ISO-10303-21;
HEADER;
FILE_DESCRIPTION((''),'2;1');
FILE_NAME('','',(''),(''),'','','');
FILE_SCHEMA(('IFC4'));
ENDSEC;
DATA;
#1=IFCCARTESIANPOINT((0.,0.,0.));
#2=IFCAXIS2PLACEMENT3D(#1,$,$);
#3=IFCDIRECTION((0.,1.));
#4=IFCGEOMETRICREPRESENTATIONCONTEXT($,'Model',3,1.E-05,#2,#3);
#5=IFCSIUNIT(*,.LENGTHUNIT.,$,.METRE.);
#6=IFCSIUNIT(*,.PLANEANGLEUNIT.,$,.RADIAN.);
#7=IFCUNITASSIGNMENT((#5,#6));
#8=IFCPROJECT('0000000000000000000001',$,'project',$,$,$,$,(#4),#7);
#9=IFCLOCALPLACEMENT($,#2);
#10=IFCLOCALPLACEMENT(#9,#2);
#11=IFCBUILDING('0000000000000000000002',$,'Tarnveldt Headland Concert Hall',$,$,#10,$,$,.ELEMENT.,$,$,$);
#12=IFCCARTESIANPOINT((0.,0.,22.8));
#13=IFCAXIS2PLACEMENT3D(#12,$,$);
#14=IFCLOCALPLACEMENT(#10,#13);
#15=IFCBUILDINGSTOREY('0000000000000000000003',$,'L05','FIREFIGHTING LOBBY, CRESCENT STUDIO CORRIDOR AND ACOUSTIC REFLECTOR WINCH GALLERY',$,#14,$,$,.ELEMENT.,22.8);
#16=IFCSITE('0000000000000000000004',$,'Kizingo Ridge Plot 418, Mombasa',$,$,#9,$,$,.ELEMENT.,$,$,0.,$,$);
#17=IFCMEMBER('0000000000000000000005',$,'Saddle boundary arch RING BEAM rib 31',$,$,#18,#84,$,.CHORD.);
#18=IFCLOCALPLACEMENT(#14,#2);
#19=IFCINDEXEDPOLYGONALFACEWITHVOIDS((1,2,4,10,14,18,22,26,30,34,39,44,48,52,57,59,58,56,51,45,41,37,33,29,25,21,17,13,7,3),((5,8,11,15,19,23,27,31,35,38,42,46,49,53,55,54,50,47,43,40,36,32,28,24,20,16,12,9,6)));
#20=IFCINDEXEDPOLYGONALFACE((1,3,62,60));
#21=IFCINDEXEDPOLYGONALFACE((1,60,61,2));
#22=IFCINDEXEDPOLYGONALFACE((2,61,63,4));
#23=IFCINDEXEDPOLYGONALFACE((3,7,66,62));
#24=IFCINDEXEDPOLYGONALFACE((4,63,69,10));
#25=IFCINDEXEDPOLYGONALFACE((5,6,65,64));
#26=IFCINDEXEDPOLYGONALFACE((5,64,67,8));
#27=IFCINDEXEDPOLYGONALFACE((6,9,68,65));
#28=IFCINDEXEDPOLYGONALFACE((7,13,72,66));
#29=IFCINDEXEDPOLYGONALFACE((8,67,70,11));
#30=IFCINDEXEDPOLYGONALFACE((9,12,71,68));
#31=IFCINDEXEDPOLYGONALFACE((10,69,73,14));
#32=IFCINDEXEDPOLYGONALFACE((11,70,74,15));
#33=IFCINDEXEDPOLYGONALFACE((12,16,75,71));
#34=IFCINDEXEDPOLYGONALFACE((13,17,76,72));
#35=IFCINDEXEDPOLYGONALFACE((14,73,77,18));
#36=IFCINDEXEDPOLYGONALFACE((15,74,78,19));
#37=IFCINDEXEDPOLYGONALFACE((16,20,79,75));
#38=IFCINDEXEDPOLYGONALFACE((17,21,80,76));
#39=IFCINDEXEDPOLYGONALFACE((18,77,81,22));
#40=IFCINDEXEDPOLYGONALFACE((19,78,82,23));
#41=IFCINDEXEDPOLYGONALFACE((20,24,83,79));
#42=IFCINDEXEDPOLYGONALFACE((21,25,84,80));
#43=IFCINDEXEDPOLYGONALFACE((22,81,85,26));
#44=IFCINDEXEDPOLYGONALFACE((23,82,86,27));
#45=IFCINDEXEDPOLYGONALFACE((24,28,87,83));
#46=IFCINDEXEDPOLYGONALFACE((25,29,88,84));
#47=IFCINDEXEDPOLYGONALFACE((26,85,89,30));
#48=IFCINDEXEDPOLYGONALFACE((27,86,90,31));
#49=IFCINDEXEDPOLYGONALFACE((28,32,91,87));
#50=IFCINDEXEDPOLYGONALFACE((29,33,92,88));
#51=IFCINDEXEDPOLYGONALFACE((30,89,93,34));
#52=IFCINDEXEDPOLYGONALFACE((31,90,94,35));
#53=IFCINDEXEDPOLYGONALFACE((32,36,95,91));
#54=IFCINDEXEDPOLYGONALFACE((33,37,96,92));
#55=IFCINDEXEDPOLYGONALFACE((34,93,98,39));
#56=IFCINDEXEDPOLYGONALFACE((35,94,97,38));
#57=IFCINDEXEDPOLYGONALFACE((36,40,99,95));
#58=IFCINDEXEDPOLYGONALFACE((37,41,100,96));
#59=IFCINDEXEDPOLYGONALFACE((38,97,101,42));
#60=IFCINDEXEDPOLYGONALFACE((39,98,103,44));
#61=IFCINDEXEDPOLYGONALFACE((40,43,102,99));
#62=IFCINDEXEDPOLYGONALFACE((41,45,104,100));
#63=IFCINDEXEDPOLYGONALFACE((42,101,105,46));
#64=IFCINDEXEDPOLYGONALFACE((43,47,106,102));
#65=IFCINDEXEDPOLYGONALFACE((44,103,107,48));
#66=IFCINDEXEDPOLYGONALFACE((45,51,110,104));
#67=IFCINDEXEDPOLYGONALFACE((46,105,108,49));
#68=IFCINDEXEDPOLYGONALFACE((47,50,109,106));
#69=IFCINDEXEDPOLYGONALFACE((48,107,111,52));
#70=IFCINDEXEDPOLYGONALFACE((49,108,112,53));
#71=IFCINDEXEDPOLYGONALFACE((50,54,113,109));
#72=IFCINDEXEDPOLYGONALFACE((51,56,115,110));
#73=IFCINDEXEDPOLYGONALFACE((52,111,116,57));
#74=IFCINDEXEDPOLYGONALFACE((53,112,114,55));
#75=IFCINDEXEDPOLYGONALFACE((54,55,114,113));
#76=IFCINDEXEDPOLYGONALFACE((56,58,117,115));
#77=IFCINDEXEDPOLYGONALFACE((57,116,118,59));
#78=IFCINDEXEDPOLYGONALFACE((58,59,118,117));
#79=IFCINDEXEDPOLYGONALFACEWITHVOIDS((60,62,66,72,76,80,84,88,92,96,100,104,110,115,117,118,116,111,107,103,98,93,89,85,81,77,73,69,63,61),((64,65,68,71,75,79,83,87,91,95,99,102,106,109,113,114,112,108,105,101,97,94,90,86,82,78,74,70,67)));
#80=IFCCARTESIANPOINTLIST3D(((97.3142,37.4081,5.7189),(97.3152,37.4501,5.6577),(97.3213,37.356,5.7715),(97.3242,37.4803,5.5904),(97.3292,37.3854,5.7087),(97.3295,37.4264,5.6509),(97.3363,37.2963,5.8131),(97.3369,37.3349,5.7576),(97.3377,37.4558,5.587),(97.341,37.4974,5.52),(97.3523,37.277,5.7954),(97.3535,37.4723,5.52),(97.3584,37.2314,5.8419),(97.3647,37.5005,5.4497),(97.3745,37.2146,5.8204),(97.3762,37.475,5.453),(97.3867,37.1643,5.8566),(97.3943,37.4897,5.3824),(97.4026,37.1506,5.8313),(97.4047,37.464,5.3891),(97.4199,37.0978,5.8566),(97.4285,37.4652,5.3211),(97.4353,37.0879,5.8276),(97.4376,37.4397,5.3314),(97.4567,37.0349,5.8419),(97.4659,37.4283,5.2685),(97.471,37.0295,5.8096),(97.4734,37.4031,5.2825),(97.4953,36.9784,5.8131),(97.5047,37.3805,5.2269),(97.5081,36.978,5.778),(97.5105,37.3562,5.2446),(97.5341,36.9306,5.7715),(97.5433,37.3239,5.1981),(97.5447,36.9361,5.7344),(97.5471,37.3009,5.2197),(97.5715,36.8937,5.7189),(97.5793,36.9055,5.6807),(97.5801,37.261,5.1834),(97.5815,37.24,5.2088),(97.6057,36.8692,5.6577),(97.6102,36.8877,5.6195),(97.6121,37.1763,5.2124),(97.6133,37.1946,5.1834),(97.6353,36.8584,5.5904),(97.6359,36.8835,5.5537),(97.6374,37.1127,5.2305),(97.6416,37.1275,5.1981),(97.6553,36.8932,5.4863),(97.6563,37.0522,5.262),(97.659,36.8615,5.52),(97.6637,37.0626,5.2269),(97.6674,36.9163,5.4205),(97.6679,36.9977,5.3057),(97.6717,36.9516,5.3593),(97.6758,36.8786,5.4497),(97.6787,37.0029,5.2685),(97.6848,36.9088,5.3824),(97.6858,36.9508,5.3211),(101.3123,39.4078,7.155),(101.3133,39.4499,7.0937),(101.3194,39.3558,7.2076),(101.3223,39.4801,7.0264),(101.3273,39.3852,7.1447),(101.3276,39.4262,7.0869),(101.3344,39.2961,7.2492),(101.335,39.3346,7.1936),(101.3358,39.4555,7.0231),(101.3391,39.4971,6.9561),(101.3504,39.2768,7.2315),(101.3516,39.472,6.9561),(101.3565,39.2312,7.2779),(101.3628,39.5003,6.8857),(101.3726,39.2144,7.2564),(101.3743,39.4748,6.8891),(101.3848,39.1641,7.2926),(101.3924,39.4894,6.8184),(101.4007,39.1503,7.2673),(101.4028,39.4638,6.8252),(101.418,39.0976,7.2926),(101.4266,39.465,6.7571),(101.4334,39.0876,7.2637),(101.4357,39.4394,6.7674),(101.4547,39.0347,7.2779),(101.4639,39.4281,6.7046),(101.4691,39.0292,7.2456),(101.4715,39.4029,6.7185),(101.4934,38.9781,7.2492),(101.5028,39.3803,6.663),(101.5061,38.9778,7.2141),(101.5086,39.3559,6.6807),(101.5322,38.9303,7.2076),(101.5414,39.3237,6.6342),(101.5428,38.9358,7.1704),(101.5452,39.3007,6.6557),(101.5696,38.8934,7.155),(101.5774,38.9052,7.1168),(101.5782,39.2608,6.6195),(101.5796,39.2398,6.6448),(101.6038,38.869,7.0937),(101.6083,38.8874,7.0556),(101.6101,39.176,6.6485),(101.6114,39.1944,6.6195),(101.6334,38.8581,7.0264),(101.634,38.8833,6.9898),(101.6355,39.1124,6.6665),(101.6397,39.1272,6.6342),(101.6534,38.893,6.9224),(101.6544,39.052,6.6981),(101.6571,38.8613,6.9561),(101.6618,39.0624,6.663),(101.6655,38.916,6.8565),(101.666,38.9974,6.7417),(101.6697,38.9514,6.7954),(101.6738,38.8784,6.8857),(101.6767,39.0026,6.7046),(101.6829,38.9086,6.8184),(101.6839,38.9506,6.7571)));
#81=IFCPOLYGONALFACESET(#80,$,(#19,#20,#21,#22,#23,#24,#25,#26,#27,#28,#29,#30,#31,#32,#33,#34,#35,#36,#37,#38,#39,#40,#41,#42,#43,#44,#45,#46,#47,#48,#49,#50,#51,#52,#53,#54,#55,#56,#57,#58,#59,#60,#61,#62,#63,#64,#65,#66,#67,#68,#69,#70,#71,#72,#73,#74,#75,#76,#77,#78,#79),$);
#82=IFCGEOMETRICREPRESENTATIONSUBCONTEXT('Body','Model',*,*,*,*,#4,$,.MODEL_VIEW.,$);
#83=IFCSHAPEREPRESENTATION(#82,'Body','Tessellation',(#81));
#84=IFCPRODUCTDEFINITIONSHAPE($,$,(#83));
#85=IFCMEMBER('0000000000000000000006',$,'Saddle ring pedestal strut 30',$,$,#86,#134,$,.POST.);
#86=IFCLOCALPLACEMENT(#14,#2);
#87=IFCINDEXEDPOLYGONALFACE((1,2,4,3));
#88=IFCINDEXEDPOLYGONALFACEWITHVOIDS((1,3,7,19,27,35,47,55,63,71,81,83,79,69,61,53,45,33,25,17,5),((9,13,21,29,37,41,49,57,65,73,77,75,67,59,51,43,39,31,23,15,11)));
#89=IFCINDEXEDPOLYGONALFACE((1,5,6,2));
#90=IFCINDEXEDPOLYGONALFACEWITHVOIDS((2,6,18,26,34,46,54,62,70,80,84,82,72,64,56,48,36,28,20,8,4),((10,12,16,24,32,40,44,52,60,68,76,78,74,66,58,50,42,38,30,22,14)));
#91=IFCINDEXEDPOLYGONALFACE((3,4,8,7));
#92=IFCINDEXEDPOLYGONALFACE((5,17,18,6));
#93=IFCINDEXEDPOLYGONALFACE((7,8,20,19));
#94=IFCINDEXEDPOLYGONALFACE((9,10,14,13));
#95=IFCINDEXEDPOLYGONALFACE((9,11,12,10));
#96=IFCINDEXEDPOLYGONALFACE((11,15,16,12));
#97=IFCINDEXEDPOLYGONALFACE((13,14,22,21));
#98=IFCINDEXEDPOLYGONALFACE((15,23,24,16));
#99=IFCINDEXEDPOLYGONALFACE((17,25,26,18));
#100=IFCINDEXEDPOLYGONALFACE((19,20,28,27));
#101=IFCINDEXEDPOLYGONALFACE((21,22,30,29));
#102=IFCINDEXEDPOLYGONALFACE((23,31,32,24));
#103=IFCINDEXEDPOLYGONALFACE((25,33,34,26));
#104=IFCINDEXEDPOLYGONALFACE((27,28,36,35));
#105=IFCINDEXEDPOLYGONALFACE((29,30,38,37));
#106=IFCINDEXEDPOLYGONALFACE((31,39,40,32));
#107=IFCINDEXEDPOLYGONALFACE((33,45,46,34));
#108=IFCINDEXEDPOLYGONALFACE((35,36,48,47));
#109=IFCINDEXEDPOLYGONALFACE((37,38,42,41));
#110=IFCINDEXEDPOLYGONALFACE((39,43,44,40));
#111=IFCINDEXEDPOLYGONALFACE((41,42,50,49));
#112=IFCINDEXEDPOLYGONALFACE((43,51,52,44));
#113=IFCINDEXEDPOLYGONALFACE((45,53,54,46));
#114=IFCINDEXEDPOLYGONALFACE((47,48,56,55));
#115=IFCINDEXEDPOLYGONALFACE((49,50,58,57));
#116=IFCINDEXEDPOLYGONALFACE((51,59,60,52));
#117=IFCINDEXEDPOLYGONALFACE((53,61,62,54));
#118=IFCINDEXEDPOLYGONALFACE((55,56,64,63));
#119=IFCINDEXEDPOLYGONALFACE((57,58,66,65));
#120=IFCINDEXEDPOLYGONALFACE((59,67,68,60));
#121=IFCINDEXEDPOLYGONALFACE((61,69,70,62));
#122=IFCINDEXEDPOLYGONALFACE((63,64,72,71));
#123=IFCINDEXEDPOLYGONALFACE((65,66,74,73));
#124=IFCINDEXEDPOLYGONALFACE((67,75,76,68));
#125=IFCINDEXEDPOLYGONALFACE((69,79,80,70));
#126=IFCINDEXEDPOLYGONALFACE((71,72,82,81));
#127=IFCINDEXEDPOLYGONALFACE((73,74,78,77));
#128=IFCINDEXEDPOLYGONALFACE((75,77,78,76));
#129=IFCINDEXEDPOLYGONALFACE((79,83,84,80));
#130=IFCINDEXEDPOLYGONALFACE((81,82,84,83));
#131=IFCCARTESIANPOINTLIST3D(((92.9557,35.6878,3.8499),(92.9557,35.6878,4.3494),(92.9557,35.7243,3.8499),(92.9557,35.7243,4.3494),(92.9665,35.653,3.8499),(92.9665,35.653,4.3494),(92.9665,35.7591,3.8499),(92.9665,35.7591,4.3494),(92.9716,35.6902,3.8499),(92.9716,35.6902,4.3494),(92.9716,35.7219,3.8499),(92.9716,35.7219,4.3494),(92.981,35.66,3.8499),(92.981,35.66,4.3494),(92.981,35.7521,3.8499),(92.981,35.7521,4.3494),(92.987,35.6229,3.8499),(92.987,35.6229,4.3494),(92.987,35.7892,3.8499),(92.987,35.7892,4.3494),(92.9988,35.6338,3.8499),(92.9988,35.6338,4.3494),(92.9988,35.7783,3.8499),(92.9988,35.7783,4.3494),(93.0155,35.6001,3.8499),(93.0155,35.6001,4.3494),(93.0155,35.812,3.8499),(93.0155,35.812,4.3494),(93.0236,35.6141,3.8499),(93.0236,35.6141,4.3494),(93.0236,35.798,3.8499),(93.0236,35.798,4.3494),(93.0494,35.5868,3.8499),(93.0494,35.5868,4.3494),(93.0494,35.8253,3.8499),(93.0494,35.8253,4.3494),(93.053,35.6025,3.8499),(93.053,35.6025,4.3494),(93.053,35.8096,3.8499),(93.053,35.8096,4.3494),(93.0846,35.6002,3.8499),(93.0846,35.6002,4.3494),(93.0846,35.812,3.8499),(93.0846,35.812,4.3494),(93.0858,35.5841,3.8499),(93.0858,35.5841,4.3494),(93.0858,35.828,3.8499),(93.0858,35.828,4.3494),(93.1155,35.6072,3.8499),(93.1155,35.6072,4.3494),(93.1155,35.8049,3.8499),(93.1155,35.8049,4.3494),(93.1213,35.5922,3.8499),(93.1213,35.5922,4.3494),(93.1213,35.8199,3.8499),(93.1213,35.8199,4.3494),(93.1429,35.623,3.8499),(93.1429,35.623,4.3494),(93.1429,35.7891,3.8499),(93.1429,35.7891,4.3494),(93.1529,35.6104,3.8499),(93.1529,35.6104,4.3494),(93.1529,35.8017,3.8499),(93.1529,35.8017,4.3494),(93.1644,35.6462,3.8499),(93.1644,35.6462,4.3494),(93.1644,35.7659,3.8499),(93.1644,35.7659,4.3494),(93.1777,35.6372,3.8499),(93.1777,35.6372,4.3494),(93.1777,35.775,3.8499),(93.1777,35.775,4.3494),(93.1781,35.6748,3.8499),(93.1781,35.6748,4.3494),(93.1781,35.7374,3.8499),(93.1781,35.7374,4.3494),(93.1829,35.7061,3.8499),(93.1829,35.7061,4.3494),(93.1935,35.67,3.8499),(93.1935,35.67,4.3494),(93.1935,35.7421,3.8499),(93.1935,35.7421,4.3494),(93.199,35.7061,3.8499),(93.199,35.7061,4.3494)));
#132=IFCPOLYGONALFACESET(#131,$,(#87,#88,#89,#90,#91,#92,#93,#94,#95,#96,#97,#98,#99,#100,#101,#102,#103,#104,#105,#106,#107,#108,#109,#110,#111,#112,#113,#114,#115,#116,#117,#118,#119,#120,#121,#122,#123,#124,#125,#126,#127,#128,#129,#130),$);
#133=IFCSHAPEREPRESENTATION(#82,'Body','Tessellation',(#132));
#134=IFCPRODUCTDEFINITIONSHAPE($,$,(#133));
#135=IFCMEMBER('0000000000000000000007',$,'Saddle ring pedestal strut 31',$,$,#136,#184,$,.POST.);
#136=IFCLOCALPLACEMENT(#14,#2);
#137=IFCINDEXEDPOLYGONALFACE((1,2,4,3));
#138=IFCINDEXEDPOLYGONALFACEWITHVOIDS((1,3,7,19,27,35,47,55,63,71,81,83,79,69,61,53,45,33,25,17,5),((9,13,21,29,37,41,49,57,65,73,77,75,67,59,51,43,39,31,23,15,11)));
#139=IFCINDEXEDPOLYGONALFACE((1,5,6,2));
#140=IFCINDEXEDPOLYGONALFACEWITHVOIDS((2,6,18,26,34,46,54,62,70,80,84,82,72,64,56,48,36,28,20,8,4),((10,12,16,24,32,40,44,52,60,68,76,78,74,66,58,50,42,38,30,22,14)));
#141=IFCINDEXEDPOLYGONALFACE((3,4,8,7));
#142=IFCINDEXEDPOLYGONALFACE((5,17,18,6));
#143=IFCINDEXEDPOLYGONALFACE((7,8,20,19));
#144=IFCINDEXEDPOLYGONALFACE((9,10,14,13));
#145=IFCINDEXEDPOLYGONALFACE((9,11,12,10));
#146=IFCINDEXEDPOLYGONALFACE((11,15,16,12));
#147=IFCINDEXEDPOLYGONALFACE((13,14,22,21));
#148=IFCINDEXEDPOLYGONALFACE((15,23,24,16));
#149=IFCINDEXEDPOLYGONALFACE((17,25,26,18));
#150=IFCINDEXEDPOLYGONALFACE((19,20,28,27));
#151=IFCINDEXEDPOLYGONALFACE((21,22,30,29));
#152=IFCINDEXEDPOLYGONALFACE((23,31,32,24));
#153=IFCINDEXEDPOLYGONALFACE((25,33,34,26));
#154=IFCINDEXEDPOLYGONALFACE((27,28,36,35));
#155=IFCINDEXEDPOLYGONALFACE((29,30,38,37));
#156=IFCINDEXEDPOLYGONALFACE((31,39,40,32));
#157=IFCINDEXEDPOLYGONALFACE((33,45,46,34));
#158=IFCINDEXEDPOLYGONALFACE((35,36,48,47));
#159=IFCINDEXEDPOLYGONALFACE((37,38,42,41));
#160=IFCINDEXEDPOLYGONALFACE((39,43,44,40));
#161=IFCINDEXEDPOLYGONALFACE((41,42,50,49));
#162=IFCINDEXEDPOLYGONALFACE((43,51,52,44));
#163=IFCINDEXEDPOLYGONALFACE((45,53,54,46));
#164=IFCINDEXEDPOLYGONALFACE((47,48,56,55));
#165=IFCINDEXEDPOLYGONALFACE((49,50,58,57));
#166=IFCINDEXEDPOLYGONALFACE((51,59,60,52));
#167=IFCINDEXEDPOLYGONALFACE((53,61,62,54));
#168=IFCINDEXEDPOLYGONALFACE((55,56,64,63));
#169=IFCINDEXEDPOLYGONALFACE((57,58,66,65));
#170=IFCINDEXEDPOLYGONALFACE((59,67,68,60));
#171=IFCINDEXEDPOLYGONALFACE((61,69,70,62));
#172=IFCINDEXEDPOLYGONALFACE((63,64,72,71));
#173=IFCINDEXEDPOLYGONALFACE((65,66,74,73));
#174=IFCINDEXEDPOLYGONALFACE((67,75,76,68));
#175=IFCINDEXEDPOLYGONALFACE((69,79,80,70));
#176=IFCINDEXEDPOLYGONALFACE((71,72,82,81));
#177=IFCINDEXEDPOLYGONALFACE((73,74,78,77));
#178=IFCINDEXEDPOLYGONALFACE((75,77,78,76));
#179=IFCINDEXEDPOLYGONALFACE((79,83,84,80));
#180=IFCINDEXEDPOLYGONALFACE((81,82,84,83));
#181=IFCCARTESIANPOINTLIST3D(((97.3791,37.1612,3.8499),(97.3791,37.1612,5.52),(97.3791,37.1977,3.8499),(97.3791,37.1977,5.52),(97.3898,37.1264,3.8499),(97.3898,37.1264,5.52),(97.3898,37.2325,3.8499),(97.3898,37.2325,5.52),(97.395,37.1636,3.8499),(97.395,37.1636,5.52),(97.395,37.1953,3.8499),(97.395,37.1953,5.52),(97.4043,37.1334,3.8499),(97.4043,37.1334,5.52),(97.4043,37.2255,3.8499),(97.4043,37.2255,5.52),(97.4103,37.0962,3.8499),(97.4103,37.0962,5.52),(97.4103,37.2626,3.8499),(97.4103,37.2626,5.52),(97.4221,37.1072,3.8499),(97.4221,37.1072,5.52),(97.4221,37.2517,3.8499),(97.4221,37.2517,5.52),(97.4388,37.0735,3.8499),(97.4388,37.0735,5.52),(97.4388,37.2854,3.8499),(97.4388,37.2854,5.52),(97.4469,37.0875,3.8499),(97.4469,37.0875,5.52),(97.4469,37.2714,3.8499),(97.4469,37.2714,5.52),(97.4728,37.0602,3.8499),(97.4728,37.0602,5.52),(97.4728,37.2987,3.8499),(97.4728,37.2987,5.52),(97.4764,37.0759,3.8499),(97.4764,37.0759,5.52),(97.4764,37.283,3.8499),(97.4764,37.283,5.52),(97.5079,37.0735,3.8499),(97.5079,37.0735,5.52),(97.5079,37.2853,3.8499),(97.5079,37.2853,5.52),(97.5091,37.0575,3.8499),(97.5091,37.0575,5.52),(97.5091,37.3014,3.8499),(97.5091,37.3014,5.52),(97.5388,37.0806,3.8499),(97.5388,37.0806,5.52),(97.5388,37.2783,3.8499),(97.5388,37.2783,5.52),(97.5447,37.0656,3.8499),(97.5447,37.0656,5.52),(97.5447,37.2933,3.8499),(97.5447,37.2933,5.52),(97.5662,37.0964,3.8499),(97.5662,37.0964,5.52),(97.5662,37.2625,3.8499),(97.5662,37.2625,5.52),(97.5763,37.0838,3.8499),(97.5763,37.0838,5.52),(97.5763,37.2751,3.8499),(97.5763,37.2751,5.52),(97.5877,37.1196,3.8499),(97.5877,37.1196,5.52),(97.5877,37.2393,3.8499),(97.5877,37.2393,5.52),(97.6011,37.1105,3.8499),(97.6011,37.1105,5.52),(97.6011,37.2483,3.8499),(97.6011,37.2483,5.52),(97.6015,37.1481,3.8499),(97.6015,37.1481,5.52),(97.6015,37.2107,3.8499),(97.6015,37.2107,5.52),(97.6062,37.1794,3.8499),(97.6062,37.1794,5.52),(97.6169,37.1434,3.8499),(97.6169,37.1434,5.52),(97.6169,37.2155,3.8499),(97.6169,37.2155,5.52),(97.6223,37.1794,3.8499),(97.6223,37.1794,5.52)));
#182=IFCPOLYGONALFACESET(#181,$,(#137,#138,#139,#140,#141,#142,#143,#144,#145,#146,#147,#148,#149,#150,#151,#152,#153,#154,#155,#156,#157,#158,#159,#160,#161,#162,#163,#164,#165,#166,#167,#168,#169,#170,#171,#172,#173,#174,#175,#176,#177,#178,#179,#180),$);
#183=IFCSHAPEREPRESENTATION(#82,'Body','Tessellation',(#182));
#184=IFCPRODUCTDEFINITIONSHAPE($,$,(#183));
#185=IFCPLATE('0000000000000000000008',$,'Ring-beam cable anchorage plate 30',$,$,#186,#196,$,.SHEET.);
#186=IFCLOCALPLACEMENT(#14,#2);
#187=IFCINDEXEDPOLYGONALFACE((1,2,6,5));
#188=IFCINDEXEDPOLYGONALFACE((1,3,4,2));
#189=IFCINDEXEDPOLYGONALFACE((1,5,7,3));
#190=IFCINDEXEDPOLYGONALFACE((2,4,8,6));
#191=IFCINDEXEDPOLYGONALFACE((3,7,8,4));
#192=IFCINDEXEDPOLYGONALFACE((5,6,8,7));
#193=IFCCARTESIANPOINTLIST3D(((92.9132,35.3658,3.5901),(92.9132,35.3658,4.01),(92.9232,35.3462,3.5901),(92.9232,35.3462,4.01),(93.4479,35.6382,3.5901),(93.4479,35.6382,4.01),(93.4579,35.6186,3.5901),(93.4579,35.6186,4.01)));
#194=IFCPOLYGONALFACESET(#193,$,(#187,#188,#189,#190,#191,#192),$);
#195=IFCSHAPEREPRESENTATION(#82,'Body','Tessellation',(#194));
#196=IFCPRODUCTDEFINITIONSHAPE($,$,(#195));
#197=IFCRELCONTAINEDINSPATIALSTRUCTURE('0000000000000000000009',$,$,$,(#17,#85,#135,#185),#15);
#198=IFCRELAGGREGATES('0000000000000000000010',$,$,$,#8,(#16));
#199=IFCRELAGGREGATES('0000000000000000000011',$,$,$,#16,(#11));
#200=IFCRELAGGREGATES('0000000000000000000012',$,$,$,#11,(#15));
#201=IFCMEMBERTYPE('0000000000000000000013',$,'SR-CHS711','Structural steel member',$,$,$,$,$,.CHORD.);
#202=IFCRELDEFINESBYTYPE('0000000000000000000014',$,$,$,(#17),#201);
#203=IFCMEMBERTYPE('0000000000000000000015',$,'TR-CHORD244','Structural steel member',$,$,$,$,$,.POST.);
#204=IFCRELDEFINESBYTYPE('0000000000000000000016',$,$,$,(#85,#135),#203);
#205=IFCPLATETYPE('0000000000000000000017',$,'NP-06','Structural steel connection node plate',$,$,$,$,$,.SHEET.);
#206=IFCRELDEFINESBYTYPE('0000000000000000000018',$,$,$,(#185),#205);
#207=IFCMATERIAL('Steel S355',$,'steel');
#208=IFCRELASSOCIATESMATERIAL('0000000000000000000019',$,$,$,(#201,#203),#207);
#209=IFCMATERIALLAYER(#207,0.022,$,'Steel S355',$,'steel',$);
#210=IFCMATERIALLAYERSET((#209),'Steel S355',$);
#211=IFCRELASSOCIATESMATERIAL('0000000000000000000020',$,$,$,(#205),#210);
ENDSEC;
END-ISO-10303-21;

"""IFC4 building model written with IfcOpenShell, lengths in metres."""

from ifc_helpers import new_model, si_unit, direction, frame, origin, origin_2d, place, context, subcontext, project, spatial, rectangle, hollow_circle, extrude, material, layer, layer_set, material_profile, profile_set, type_object, element, save


model = new_model("IFC4")

# Units and contexts
model_context = context("Model", 3, precision=1e-05, world=origin(), true_north=direction((0.0, 1.0)))
body_context = subcontext(model_context, "Body", "Model", "MODEL_VIEW")
ifc_project = project(units=[si_unit("LENGTHUNIT", "METRE"), si_unit("PLANEANGLEUNIT", "RADIAN")], contexts=[model_context])

# Site, building, storey
site_placement = place(None, origin())
site = spatial("IfcSite", under=ifc_project, at=site_placement, Name="Kizingo Ridge Plot 418, Mombasa", CompositionType="ELEMENT", RefElevation=0.0)
building_placement = place(site_placement, origin())
building = spatial("IfcBuilding", under=site, at=building_placement, Name="Tarnveldt Headland Concert Hall", CompositionType="ELEMENT")
storey_placement = place(building_placement, frame((0.0, 0.0, 22.8)))
storey = spatial("IfcBuildingStorey", under=building, at=storey_placement, Name="L05", Description="FIREFIGHTING LOBBY, CRESCENT STUDIO CORRIDOR AND ACOUSTIC REFLECTOR WINCH GALLERY", CompositionType="ELEMENT", Elevation=22.8)

# Shared definitions
ifc_material_1 = material(Name="Steel S355", Category="steel")

# Members
ifc_material_profile_1 = material_profile(ifc_material_1, hollow_circle(Radius=0.3555, WallThickness=0.0281, at=origin_2d()), Name="CHS 711x28", Category="steel")
ifc_profile_set_1 = profile_set([ifc_material_profile_1], Name="Steel S355")
member_type_1 = type_object("IfcMemberType", Name="SR-CHS711", Description="Structural steel member", PredefinedType="CHORD", material=ifc_profile_set_1)
member_1_placement = place(storey_placement, frame((97.5, 37.1794, 5.52), z_axis=(0.851504, 0.425908, 0.305847), x_axis=(-0.447345, 0.894362, 0.0)))
element("IfcMember", 1, at=member_1_placement, inside=storey, type_object=member_type_1, Name="Saddle boundary arch RING BEAM rib 31", PredefinedType="CHORD", context=body_context, shape_type="SweptSolid", body=[
    extrude(hollow_circle(Radius=0.3555, WallThickness=0.0281, at=origin_2d()), origin(), (0.0, 0.0, 1.0), 4.6953),
])
ifc_material_profile_2 = material_profile(ifc_material_1, hollow_circle(Radius=0.1223, WallThickness=0.0161, at=origin_2d()), Name="CHS 244.5x16", Category="steel")
ifc_profile_set_2 = profile_set([ifc_material_profile_2], Name="Steel S355")
member_type_2 = type_object("IfcMemberType", Name="TR-CHORD244", Description="Structural steel member", PredefinedType="POST", material=ifc_profile_set_2)
member_2_placement = place(storey_placement, frame((93.0767, 35.7061, 3.8499), z_axis=(0.0, 0.0, 1.0), x_axis=(1.0, 0.0, 0.0)))
element("IfcMember", 2, at=member_2_placement, inside=storey, type_object=member_type_2, Name="Saddle ring pedestal strut 30", PredefinedType="POST", context=body_context, shape_type="SweptSolid", body=[
    extrude(hollow_circle(Radius=0.1223, WallThickness=0.0161, at=origin_2d()), origin(), (0.0, 0.0, 1.0), 0.4995),
])
member_3_placement = place(storey_placement, frame((97.5, 37.1794, 3.8499), z_axis=(0.0, 0.0, 1.0), x_axis=(1.0, 0.0, 0.0)))
element("IfcMember", 3, at=member_3_placement, inside=storey, type_object=member_type_2, Name="Saddle ring pedestal strut 31", PredefinedType="POST", context=body_context, shape_type="SweptSolid", body=[
    extrude(hollow_circle(Radius=0.1223, WallThickness=0.0161, at=origin_2d()), origin(), (0.0, 0.0, 1.0), 1.6702),
])

# Plate
ifc_layer_1 = layer(ifc_material_1, 0.022, Name="Steel S355", Category="steel")
ifc_layer_set_1 = layer_set([ifc_layer_1], Name="Steel S355")
plate_type_1 = type_object("IfcPlateType", Name="NP-06", Description="Structural steel connection node plate", PredefinedType="SHEET", material=ifc_layer_set_1)
plate_1_placement = place(storey_placement, frame((93.1855, 35.4922, 3.5901), z_axis=(0.0, 0.0, 1.0), x_axis=(0.891007, 0.45399, 0.0)))
element("IfcPlate", 4, at=plate_1_placement, inside=storey, type_object=plate_type_1, Name="Ring-beam cable anchorage plate 30", PredefinedType="SHEET", context=body_context, shape_type="SweptSolid", body=[
    extrude(rectangle(XDim=0.6001, YDim=0.022, at=origin_2d()), origin(), (0.0, 0.0, 1.0), 0.4199),
])

save(model, "model.ifc")
